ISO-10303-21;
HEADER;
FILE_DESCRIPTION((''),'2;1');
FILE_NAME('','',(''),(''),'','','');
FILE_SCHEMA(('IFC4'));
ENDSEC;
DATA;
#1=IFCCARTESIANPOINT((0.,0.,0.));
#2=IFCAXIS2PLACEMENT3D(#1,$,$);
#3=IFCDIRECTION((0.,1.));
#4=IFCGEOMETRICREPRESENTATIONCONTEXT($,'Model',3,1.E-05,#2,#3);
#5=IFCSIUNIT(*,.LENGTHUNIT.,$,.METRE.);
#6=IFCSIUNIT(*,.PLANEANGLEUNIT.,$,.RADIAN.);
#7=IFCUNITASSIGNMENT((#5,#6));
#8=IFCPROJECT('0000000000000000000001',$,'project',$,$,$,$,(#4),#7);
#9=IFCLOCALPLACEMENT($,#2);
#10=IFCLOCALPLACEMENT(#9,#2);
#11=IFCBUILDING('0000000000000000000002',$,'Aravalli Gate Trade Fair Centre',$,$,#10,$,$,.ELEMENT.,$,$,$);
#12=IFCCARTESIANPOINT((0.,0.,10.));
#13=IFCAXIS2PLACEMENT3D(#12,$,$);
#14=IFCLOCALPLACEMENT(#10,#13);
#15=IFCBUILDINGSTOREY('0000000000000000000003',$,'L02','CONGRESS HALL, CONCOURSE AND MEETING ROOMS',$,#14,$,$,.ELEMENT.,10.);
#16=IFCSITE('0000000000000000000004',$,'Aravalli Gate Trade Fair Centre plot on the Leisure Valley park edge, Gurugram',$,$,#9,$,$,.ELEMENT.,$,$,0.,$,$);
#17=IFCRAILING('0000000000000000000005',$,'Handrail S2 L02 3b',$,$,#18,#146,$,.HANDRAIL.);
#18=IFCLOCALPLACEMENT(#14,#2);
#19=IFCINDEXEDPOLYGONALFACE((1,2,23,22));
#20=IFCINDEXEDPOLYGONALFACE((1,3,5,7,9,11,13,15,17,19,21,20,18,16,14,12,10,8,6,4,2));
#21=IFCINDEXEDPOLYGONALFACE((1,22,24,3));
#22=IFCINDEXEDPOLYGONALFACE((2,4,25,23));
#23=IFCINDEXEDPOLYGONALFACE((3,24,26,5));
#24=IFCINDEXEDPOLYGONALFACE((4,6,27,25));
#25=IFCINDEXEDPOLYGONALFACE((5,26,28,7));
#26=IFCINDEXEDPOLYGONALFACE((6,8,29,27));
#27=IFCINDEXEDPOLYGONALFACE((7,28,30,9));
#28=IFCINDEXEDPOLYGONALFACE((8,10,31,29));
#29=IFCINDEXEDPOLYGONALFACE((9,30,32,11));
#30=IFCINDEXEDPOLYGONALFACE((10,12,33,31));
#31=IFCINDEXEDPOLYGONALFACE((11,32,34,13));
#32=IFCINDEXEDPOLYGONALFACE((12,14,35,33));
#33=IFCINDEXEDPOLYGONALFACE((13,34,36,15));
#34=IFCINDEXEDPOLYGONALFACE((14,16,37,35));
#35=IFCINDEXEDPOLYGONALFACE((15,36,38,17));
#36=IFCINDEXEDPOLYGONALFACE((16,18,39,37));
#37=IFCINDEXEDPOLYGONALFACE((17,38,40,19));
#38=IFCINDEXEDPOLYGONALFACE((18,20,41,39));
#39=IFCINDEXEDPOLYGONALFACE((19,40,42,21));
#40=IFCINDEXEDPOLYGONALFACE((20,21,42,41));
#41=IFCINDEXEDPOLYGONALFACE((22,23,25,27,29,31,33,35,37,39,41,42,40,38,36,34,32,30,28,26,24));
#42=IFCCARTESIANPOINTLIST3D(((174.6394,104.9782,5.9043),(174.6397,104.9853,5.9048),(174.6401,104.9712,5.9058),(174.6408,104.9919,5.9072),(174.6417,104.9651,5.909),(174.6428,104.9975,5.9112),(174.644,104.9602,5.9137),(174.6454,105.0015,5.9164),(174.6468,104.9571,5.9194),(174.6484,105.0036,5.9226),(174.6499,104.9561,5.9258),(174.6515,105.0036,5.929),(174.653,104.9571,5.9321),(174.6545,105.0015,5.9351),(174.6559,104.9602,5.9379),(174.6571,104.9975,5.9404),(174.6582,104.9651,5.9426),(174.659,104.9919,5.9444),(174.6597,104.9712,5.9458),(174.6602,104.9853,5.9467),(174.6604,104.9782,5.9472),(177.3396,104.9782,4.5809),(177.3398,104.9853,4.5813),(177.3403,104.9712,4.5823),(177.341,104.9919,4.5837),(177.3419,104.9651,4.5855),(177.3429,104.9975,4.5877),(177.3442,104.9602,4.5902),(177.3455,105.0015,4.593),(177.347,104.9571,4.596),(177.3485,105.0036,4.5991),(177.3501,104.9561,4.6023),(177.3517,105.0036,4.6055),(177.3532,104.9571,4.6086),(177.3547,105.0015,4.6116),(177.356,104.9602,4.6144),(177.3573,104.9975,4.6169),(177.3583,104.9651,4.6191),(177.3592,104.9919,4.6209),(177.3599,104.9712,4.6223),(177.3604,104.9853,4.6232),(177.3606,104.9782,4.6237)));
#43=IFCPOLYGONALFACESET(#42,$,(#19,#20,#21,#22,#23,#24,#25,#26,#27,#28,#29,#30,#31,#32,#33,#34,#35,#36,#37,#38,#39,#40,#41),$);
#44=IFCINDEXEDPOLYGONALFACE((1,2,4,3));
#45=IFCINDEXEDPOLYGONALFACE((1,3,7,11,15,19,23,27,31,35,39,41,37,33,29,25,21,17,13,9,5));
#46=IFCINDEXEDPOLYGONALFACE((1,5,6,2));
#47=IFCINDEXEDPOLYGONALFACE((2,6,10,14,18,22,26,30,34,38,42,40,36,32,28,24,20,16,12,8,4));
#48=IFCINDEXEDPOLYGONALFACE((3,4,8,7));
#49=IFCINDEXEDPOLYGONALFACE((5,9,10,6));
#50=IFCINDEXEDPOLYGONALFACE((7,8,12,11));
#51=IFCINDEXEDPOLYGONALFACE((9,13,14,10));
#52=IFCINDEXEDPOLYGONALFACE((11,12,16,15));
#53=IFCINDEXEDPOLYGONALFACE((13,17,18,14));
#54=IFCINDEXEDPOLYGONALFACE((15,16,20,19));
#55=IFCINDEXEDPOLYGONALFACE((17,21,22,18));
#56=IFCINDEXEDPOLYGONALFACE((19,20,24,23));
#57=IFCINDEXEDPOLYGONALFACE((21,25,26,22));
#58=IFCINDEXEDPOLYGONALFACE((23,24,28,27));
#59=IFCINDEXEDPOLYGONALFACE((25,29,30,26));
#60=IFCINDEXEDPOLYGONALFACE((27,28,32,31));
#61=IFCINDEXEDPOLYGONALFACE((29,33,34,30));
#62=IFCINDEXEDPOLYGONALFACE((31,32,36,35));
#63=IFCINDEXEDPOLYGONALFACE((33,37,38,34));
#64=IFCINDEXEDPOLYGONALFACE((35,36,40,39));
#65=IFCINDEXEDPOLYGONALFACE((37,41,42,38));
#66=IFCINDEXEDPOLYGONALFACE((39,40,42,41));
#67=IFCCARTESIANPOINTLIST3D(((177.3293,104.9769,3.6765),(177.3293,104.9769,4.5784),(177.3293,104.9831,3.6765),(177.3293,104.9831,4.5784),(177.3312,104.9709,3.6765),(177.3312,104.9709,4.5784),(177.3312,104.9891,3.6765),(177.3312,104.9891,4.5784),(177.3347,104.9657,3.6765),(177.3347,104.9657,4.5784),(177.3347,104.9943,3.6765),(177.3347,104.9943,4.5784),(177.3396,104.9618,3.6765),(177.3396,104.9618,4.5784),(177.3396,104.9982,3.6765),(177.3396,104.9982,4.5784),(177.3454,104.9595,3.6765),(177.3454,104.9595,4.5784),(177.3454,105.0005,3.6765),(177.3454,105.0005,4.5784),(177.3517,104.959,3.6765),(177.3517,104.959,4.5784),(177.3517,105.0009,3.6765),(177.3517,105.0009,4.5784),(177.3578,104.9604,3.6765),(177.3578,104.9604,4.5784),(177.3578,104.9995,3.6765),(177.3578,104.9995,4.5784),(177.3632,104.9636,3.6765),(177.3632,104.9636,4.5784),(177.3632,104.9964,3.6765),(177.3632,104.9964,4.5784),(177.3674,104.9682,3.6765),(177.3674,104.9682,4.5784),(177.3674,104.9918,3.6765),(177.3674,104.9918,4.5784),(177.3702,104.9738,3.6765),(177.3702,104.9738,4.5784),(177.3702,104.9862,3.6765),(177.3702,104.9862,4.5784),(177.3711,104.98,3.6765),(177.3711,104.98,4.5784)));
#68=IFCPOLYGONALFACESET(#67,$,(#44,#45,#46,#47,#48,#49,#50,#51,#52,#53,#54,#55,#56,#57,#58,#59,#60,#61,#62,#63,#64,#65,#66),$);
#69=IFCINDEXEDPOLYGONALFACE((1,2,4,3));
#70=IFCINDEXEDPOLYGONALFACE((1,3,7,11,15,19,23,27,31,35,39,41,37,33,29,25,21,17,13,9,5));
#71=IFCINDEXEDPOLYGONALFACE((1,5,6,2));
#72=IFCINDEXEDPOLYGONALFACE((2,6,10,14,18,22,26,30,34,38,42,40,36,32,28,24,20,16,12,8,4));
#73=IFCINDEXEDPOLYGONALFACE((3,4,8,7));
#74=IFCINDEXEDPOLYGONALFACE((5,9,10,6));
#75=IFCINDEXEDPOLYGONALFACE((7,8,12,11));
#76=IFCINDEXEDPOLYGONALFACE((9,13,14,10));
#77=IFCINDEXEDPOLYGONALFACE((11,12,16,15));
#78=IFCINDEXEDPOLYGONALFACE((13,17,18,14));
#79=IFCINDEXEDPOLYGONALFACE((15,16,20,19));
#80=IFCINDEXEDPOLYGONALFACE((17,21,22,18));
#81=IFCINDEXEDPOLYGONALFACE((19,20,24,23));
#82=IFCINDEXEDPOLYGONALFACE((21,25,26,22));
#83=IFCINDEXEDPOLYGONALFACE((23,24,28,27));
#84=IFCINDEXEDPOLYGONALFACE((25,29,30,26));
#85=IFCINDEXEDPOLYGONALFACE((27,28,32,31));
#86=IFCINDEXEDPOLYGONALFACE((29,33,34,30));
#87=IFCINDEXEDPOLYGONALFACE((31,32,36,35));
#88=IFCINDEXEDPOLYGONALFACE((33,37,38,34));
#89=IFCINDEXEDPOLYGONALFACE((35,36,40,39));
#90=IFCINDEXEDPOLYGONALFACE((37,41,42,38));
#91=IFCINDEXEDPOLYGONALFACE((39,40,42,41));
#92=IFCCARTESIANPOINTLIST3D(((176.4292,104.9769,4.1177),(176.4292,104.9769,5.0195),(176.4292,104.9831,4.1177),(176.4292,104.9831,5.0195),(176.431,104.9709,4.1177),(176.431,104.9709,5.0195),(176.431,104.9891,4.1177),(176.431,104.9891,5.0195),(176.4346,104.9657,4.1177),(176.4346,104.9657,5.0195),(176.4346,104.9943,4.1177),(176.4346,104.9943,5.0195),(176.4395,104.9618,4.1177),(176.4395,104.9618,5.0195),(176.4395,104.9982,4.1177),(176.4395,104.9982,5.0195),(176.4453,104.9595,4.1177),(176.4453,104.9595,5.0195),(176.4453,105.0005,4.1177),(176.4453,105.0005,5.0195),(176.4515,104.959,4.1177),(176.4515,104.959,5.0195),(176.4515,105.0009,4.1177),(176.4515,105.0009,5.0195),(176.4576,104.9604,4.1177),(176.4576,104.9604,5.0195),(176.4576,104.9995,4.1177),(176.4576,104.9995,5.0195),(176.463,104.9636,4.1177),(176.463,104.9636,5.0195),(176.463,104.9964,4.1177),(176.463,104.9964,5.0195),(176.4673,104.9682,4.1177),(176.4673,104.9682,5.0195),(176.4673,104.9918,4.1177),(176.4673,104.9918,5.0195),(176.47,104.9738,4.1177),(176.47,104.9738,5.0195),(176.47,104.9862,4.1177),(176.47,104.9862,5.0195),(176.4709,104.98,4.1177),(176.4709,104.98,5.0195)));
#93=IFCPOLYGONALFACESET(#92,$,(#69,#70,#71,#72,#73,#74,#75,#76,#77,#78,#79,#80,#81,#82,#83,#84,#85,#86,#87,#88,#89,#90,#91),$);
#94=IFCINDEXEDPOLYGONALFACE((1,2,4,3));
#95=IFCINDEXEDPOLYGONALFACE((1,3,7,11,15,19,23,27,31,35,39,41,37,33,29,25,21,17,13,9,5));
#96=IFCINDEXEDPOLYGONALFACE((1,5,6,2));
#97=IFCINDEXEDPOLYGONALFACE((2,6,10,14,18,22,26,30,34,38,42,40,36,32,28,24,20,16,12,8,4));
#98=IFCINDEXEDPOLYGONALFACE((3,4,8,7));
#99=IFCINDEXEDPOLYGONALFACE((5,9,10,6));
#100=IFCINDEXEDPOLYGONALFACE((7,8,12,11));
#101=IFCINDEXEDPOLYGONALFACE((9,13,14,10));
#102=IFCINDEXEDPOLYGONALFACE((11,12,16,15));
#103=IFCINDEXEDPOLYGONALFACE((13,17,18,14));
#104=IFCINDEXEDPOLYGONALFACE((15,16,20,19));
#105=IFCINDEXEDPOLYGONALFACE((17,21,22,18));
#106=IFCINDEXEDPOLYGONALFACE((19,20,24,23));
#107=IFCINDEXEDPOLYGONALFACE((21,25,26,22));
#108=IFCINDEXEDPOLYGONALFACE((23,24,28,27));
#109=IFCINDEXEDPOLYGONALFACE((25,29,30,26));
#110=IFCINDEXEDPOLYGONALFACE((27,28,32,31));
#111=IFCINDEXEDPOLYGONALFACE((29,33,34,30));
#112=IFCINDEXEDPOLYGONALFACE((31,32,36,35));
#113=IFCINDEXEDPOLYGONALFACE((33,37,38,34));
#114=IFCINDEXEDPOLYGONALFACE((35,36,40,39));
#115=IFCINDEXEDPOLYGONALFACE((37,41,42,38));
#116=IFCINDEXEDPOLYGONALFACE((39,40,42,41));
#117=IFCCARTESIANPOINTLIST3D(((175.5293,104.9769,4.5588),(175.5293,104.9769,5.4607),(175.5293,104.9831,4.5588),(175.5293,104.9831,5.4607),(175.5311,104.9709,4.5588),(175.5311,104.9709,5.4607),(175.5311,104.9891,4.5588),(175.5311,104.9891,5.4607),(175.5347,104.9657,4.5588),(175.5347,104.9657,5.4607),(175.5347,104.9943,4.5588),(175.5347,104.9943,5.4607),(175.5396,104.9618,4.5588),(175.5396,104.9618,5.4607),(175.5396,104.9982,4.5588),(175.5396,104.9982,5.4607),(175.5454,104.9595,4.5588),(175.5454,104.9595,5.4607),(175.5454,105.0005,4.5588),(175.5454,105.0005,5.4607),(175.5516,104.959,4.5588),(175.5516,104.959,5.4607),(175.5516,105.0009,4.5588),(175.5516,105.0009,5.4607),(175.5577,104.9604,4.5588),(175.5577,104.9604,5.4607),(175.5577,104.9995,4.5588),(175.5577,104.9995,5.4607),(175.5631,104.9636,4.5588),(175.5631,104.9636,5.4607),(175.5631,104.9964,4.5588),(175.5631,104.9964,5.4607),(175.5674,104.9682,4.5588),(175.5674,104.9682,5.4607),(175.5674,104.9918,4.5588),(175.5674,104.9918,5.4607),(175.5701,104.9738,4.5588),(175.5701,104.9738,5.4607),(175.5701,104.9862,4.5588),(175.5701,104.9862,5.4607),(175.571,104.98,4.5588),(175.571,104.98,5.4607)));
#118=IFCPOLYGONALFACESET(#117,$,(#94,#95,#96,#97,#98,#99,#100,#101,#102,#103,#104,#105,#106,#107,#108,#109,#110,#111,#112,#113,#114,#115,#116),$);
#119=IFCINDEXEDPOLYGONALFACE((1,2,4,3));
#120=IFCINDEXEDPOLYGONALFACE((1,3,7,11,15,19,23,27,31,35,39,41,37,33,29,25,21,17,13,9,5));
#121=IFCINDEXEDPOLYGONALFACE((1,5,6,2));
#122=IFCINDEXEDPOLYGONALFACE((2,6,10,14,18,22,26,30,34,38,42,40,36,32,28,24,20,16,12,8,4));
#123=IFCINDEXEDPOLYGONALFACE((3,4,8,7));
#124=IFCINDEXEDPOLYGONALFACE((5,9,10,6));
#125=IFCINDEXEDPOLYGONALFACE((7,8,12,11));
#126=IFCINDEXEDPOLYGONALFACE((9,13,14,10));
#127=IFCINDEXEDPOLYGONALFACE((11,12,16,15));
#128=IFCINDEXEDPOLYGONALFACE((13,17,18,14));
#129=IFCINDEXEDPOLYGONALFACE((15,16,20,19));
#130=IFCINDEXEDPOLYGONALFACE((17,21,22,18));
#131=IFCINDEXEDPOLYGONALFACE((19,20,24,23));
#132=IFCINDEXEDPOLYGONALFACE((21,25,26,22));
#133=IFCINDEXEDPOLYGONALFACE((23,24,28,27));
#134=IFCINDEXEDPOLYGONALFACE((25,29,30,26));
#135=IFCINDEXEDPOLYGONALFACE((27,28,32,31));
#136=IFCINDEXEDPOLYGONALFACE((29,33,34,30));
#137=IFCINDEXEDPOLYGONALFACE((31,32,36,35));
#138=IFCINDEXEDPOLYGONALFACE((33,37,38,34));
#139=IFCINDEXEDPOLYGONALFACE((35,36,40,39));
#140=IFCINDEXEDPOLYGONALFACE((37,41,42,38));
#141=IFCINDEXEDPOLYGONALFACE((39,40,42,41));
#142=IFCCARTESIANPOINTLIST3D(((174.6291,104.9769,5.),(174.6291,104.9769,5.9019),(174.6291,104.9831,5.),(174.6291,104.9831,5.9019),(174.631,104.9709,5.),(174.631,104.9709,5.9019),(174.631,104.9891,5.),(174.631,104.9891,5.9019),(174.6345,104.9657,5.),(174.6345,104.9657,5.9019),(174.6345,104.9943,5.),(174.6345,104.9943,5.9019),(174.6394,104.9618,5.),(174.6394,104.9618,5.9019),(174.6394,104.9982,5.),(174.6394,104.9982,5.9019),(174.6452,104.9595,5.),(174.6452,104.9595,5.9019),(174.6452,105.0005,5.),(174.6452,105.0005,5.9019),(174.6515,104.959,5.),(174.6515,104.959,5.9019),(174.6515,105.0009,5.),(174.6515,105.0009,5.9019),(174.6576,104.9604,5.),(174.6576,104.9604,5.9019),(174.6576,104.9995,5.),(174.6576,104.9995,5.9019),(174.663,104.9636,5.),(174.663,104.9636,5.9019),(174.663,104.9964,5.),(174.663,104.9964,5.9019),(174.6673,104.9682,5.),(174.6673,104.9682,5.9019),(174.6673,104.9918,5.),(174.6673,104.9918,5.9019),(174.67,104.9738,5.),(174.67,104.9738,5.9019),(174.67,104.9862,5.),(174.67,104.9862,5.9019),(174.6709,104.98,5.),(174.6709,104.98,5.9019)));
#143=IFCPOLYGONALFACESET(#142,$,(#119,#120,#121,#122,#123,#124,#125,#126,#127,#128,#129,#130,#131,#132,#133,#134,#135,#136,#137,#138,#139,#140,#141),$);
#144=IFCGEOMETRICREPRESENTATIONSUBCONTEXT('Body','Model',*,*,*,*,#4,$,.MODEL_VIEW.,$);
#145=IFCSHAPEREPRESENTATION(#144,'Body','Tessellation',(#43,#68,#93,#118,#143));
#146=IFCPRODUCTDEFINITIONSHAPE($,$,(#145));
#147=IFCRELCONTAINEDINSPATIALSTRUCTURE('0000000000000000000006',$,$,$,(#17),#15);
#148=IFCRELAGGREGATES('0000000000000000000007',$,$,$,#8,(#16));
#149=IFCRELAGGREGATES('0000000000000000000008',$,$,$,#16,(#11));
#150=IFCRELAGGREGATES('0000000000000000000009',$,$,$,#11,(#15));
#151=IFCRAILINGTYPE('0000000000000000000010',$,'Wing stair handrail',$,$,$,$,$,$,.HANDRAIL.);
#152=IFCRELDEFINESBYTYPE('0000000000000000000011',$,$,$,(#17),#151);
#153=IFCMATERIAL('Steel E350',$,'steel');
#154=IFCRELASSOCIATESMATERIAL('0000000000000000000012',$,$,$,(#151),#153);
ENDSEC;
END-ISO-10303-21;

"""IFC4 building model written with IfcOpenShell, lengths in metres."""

from ifc_helpers import new_model, si_unit, direction, frame, origin, origin_2d, place, context, subcontext, project, spatial, circle, extrude, material, type_object, element, save


model = new_model("IFC4")

# Units and contexts
model_context = context("Model", 3, precision=1e-05, world=origin(), true_north=direction((0.0, 1.0)))
body_context = subcontext(model_context, "Body", "Model", "MODEL_VIEW")
ifc_project = project(units=[si_unit("LENGTHUNIT", "METRE"), si_unit("PLANEANGLEUNIT", "RADIAN")], contexts=[model_context])

# Site, building, storey
site_placement = place(None, origin())
site = spatial("IfcSite", under=ifc_project, at=site_placement, Name="Aravalli Gate Trade Fair Centre plot on the Leisure Valley park edge, Gurugram", CompositionType="ELEMENT", RefElevation=0.0)
building_placement = place(site_placement, origin())
building = spatial("IfcBuilding", under=site, at=building_placement, Name="Aravalli Gate Trade Fair Centre", CompositionType="ELEMENT")
storey_placement = place(building_placement, frame((0.0, 0.0, 10.0)))
storey = spatial("IfcBuildingStorey", under=building, at=storey_placement, Name="L02", Description="CONGRESS HALL, CONCOURSE AND MEETING ROOMS", CompositionType="ELEMENT", Elevation=10.0)

# Shared definitions
ifc_material_1 = material(Name="Steel E350", Category="steel")

# Railing
railing_type_1 = type_object("IfcRailingType", Name="Wing stair handrail", PredefinedType="HANDRAIL", material=ifc_material_1)
railing_1_placement = place(storey_placement, frame((177.3501, 104.98, 3.6765)))
element("IfcRailing", 1, at=railing_1_placement, inside=storey, type_object=railing_type_1, Name="Handrail S2 L02 3b", PredefinedType="HANDRAIL", context=body_context, shape_type="SweptSolid", body=[
    extrude(circle(Radius=0.0239, at=origin_2d()), frame((0.0, 0.0, 0.9258), z_axis=(-0.897939, 0.0, 0.44012), x_axis=(0.0, -1.0, 0.0)), (0.0, 0.0, 1.0), 3.0071),
    extrude(circle(Radius=0.021, at=origin_2d()), origin(), (0.0, 0.0, 1.0), 0.9019),
    extrude(circle(Radius=0.021, at=origin_2d()), frame((-0.9001, 0.0, 0.4412)), (0.0, 0.0, 1.0), 0.9019),
    extrude(circle(Radius=0.021, at=origin_2d()), frame((-1.8, 0.0, 0.8823)), (0.0, 0.0, 1.0), 0.9019),
    extrude(circle(Radius=0.021, at=origin_2d()), frame((-2.7002, 0.0, 1.3235)), (0.0, 0.0, 1.0), 0.9019),
])

save(model, "model.ifc")
